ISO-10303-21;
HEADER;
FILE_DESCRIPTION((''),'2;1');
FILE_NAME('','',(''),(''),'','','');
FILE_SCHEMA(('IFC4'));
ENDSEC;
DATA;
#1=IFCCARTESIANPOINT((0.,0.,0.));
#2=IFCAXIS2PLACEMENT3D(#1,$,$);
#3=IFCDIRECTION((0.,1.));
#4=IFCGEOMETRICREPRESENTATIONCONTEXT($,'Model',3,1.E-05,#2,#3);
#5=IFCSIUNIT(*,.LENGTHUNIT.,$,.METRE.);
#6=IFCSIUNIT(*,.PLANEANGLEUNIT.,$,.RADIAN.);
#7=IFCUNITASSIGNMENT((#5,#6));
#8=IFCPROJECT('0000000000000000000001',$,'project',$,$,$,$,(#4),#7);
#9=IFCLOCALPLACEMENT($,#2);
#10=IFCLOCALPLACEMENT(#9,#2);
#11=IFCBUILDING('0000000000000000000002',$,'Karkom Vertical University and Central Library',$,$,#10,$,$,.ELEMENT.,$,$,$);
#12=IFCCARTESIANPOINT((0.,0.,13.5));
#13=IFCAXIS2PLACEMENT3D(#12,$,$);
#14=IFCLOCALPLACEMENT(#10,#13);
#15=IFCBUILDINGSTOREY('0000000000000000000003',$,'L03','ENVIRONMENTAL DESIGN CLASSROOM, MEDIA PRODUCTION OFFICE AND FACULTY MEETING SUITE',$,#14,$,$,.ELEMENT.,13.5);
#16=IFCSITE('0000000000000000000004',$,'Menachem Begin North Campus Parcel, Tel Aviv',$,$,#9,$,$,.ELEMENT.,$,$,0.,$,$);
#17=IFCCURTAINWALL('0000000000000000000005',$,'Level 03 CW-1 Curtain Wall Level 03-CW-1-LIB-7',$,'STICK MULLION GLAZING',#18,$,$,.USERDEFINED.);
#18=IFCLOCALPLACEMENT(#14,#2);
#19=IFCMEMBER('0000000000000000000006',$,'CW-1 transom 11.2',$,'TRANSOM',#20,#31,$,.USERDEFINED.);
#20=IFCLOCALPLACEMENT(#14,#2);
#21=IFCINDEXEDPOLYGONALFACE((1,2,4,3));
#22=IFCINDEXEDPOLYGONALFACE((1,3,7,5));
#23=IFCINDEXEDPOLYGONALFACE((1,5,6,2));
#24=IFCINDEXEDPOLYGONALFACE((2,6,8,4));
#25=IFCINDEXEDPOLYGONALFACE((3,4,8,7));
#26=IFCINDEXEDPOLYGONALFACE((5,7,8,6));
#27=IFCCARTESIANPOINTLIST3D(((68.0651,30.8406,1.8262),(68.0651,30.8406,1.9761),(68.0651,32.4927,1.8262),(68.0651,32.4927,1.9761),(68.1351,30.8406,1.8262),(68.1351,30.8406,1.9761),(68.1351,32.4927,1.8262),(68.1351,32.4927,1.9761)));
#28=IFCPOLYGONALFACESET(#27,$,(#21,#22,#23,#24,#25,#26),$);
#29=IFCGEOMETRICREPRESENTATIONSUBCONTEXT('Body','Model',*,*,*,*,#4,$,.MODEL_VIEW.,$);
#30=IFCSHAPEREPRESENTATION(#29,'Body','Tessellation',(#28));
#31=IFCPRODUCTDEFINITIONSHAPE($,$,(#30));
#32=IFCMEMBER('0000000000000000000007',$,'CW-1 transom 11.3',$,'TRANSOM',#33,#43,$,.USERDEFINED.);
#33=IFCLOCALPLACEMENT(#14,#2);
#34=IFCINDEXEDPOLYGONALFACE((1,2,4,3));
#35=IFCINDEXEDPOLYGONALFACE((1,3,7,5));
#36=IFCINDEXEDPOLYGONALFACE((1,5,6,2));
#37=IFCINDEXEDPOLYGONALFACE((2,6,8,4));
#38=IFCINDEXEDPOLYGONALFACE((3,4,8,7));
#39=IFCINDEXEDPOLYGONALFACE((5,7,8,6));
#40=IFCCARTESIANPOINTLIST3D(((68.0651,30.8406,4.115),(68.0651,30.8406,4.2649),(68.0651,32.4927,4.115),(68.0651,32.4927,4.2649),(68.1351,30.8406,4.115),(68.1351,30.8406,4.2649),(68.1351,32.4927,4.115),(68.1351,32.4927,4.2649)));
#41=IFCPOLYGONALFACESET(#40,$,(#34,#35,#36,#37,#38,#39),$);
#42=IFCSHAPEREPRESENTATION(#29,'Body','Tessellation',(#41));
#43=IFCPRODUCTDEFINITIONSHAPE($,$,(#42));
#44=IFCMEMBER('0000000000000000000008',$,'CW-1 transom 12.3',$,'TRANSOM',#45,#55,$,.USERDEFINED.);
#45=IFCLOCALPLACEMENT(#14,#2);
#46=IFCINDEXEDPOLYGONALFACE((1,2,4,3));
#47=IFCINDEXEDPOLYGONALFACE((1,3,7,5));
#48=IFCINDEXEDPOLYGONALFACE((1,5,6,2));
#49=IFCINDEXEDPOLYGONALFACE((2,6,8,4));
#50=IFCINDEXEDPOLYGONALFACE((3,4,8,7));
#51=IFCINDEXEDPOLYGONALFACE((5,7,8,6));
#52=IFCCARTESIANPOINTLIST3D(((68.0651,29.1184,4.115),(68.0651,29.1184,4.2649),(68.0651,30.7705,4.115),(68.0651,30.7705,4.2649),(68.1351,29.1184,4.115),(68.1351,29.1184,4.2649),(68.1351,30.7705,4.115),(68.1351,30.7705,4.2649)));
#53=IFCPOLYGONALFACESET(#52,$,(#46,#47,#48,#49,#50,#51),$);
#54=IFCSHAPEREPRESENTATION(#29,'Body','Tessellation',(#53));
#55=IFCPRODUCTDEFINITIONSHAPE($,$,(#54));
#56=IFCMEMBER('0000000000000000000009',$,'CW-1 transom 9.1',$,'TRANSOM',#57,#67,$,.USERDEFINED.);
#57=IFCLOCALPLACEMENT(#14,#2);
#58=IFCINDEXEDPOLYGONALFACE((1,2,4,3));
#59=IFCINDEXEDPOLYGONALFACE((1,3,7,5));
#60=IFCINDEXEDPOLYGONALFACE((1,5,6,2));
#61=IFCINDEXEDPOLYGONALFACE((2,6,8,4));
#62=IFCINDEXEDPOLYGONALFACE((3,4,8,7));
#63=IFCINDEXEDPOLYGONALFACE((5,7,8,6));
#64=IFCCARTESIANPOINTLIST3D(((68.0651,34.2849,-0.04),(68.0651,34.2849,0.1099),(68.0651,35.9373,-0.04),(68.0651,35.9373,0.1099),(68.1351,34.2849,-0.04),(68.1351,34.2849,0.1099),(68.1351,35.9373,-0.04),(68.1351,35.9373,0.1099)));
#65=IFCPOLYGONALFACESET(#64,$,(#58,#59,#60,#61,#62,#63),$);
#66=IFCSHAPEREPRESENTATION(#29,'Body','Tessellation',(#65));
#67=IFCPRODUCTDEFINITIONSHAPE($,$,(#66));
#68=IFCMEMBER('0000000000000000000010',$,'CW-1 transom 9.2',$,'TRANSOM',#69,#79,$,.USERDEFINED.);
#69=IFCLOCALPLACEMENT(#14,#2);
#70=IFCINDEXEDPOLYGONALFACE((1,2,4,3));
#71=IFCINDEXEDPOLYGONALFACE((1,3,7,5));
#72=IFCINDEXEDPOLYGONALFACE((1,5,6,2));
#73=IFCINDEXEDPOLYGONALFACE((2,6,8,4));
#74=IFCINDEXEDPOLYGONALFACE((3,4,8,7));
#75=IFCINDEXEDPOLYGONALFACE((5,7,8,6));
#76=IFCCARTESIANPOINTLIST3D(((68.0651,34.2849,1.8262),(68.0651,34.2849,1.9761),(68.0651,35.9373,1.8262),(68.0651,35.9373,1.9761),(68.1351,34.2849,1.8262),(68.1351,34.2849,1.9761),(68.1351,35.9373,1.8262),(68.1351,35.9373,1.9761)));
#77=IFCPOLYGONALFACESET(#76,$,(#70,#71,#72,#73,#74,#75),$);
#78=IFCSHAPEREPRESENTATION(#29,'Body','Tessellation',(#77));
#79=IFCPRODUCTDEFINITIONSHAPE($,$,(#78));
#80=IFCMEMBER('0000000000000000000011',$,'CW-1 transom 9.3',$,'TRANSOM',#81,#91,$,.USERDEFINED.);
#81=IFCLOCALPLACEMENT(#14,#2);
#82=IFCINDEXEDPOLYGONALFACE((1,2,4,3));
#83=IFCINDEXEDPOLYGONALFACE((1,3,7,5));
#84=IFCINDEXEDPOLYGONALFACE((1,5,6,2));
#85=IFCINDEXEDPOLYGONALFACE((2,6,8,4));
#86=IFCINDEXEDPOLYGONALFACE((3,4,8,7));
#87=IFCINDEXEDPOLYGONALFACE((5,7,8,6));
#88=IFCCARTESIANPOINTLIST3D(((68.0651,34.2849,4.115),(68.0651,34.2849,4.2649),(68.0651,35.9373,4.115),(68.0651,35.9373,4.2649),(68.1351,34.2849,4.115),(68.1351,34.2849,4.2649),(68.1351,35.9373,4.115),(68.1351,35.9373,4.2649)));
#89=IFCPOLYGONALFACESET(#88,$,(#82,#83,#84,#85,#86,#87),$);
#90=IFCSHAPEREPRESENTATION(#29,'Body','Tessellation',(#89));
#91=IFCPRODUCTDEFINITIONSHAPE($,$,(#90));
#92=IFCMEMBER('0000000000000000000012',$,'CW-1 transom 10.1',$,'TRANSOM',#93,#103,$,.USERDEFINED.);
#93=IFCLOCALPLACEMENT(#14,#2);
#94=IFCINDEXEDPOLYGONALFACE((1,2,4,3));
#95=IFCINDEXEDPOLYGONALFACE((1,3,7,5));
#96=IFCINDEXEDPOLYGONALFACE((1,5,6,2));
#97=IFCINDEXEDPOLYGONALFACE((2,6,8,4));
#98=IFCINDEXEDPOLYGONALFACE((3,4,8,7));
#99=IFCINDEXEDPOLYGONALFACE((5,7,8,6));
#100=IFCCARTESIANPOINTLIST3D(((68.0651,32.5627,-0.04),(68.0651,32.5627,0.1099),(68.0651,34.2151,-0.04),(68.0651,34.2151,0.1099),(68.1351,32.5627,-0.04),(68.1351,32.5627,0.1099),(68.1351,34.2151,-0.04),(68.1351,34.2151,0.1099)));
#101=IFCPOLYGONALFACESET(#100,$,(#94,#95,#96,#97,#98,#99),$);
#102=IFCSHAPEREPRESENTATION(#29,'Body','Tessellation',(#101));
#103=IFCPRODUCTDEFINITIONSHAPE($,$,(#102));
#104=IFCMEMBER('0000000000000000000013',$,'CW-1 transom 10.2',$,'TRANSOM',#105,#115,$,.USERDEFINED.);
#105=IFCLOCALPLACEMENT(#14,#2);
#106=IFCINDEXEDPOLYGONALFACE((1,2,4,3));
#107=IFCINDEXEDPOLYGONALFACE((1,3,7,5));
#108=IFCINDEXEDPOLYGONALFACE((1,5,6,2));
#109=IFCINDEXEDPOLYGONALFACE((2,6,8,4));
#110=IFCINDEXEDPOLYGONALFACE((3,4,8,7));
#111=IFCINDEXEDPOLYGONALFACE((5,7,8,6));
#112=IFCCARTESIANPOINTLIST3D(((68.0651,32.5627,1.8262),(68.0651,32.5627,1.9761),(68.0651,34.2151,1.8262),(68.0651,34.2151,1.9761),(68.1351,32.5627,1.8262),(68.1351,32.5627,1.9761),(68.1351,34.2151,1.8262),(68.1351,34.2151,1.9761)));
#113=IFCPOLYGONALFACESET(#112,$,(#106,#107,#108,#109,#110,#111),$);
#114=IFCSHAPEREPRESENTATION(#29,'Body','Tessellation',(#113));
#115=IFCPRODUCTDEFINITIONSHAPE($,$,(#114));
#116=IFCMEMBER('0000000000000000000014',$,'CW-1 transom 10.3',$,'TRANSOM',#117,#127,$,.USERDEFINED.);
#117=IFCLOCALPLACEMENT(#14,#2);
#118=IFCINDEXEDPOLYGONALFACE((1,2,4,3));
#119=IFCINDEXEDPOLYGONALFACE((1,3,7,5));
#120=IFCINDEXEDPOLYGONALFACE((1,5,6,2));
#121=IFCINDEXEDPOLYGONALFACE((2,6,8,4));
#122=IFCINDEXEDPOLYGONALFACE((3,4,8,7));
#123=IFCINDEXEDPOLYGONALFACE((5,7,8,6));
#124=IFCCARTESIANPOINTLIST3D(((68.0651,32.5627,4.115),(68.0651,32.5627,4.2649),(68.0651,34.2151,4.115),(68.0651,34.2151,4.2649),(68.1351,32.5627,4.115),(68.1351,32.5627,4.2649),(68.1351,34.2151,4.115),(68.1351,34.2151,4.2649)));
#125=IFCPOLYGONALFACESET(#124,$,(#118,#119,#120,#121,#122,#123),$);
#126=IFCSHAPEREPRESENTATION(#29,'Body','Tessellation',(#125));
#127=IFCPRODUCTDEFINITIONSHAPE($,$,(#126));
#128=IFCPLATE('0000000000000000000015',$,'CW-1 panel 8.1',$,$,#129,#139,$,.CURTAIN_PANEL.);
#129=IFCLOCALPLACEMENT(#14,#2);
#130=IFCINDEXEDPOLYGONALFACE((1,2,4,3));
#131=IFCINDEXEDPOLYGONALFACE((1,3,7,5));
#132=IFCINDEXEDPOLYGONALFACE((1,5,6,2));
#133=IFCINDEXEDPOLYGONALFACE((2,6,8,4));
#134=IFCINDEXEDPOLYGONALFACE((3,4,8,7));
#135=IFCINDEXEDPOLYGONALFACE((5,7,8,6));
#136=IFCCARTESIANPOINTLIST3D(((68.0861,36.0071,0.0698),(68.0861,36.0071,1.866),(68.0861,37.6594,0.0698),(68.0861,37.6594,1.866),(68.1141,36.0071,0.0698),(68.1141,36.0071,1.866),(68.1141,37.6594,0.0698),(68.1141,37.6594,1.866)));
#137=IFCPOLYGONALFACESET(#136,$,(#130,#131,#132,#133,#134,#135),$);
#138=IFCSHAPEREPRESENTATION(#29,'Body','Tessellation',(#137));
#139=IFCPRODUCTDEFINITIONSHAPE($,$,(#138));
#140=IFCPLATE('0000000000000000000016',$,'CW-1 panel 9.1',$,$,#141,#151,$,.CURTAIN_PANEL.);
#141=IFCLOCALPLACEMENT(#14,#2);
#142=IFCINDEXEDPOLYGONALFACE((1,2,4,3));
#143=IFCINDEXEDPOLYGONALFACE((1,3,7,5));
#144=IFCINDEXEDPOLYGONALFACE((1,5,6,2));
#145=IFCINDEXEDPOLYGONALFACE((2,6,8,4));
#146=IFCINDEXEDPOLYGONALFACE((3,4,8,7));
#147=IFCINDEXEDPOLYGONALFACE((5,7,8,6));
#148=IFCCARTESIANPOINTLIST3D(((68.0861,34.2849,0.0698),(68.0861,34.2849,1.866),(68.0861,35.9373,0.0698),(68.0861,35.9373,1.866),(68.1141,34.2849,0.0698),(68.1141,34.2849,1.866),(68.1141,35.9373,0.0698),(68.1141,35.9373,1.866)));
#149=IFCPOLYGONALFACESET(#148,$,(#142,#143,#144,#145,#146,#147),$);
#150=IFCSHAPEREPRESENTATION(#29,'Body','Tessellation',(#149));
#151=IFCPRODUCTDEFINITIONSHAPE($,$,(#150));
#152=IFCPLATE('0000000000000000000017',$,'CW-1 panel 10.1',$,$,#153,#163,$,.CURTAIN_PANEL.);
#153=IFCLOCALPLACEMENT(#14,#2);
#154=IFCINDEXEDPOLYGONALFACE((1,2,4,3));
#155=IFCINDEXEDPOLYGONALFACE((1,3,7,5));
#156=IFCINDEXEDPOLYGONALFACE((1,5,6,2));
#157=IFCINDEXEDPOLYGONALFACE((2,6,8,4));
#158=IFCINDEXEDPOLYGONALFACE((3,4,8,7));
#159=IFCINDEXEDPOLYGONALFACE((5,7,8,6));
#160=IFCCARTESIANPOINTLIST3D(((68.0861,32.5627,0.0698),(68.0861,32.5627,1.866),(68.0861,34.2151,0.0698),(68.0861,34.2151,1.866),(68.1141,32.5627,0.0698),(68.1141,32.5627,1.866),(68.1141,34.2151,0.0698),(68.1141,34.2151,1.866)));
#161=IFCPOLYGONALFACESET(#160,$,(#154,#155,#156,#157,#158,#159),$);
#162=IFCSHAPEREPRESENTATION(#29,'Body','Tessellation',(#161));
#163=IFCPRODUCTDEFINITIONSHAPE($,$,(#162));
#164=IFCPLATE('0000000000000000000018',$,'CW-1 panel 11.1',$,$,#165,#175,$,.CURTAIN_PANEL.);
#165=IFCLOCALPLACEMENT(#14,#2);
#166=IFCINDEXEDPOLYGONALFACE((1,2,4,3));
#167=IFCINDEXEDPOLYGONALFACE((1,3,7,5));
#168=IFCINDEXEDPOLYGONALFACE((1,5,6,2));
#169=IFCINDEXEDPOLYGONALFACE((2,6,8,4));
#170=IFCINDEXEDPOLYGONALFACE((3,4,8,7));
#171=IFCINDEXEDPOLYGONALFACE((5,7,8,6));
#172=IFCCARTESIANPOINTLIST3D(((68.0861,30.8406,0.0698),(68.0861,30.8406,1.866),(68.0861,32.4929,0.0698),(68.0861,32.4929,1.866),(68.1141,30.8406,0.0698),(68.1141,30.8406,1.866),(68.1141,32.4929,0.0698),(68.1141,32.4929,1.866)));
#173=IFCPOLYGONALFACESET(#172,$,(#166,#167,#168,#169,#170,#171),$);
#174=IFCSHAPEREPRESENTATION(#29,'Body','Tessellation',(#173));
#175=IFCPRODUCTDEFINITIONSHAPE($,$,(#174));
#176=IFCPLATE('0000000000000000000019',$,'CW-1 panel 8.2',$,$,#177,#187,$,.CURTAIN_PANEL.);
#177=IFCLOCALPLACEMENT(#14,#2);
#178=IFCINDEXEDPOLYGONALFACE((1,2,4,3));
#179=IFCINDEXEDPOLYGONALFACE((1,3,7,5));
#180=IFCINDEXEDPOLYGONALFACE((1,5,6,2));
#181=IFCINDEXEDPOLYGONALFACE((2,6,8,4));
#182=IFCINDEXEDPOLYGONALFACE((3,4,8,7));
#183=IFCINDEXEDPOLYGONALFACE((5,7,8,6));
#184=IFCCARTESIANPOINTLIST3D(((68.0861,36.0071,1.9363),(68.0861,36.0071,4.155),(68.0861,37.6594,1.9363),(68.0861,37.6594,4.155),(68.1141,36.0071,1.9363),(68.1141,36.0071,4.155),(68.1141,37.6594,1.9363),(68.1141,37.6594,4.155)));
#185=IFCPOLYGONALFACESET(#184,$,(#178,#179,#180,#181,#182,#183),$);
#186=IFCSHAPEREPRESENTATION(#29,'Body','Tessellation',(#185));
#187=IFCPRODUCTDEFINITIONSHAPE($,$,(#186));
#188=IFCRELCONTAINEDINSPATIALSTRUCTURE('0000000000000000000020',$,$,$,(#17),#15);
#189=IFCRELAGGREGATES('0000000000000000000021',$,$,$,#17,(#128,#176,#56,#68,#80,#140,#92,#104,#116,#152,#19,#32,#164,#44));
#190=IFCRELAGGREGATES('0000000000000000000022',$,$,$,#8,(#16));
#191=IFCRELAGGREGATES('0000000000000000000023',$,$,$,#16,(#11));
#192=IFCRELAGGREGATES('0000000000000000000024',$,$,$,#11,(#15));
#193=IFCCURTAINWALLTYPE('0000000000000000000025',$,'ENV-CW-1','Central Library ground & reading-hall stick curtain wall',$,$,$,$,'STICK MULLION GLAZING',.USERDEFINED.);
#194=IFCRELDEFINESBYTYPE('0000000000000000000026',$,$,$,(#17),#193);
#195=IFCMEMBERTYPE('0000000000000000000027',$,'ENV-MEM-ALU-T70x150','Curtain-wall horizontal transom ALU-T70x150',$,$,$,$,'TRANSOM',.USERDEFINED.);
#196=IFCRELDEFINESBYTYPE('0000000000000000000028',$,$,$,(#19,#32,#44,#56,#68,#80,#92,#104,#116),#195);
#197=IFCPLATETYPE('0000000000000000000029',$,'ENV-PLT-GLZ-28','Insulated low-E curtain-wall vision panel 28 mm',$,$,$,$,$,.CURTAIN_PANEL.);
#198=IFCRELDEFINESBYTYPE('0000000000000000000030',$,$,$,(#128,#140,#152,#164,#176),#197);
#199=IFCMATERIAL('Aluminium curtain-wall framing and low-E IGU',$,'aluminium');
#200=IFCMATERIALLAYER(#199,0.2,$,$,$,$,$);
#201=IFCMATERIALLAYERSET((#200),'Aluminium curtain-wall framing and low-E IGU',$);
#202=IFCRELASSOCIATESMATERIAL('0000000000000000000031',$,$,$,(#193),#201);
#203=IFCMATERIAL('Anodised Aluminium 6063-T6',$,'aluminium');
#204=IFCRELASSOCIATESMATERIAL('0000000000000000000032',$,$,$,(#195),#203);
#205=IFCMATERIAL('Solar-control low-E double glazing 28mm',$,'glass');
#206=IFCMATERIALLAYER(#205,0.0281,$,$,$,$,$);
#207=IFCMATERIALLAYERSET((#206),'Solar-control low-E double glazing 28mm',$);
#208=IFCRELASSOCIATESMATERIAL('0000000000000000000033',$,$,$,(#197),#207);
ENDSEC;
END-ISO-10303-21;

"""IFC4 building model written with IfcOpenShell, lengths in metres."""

from ifc_helpers import new_model, si_unit, direction, frame, origin, origin_with_axes, origin_2d, place, context, subcontext, project, spatial, rectangle, extrude, source, transform, mapped, material, layer, layer_set, material_profile, profile_set, type_object, element, aggregate, save


model = new_model("IFC4")

# Units and contexts
model_context = context("Model", 3, precision=1e-05, world=origin(), true_north=direction((0.0, 1.0)))
body_context = subcontext(model_context, "Body", "Model", "MODEL_VIEW")
ifc_project = project(units=[si_unit("LENGTHUNIT", "METRE"), si_unit("PLANEANGLEUNIT", "RADIAN")], contexts=[model_context])

# Site, building, storey
site_placement = place(None, origin())
site = spatial("IfcSite", under=ifc_project, at=site_placement, Name="Menachem Begin North Campus Parcel, Tel Aviv", CompositionType="ELEMENT", RefElevation=0.0)
building_placement = place(site_placement, origin())
building = spatial("IfcBuilding", under=site, at=building_placement, Name="Karkom Vertical University and Central Library", CompositionType="ELEMENT")
storey_placement = place(building_placement, frame((0.0, 0.0, 13.5)))
storey = spatial("IfcBuildingStorey", under=building, at=storey_placement, Name="L03", Description="ENVIRONMENTAL DESIGN CLASSROOM, MEDIA PRODUCTION OFFICE AND FACULTY MEETING SUITE", CompositionType="ELEMENT", Elevation=13.5)

# Curtain wall, members, plates
ifc_material_1 = material(Name="Aluminium curtain-wall framing and low-E IGU", Category="aluminium")
ifc_layer_1 = layer(ifc_material_1, 0.2)
ifc_layer_set_1 = layer_set([ifc_layer_1], Name="Aluminium curtain-wall framing and low-E IGU")
curtain_wall_type = type_object("IfcCurtainWallType", Name="ENV-CW-1", Description="Central Library ground & reading-hall stick curtain wall", ElementType="STICK MULLION GLAZING", PredefinedType="USERDEFINED", material=ifc_layer_set_1)
curtain_wall_placement = place(storey_placement, origin())
curtain_wall = element("IfcCurtainWall", 1, at=curtain_wall_placement, inside=storey, type_object=curtain_wall_type, Name="Level 03 CW-1 Curtain Wall Level 03-CW-1-LIB-7", ObjectType="STICK MULLION GLAZING", PredefinedType="USERDEFINED")
ifc_material_2 = material(Name="Anodised Aluminium 6063-T6", Category="aluminium")
ifc_material_profile_1 = material_profile(ifc_material_2, rectangle(XDim=0.0701, YDim=0.1499, at=origin_2d()), Name="ALU-T70x150")
ifc_profile_set_1 = profile_set([ifc_material_profile_1], Name="Anodised Aluminium 6063-T6")
member_type = type_object("IfcMemberType", Name="ENV-MEM-ALU-T70x150", Description="Curtain-wall horizontal transom ALU-T70x150", ElementType="TRANSOM", PredefinedType="USERDEFINED", material=ifc_profile_set_1)
shared_shape_1 = source(origin_with_axes(), body_context, "Body", "SweptSolid", [
    extrude(rectangle(XDim=0.0701, YDim=0.1499, at=origin_2d()), origin(), (0.0, 0.0, 1.0), 1.6521),
])
member_1_placement = place(storey_placement, frame((68.1001, 32.4927, 1.9011), z_axis=(0.0, -1.0, 0.0), x_axis=(1.0, 0.0, 0.0)))
member_1 = element("IfcMember", 2, at=member_1_placement, type_object=member_type, Name="CW-1 transom 11.2", ObjectType="TRANSOM", PredefinedType="USERDEFINED", context=body_context, shape_type="MappedRepresentation", body=[
    mapped(shared_shape_1, transform((0.0, 0.0, 0.0), scale=1.0)),
])
member_2_placement = place(storey_placement, frame((68.1001, 32.4927, 4.1899), z_axis=(0.0, -1.0, 0.0), x_axis=(1.0, 0.0, 0.0)))
member_2 = element("IfcMember", 3, at=member_2_placement, type_object=member_type, Name="CW-1 transom 11.3", ObjectType="TRANSOM", PredefinedType="USERDEFINED", context=body_context, shape_type="MappedRepresentation", body=[
    mapped(shared_shape_1, transform((0.0, 0.0, 0.0), scale=1.0)),
])
member_3_placement = place(storey_placement, frame((68.1001, 30.7705, 4.1899), z_axis=(0.0, -1.0, 0.0), x_axis=(1.0, 0.0, 0.0)))
member_3 = element("IfcMember", 4, at=member_3_placement, type_object=member_type, Name="CW-1 transom 12.3", ObjectType="TRANSOM", PredefinedType="USERDEFINED", context=body_context, shape_type="MappedRepresentation", body=[
    mapped(shared_shape_1, transform((0.0, 0.0, 0.0), scale=1.0)),
])
shared_shape_2 = source(origin_with_axes(), body_context, "Body", "SweptSolid", [
    extrude(rectangle(XDim=0.0701, YDim=0.1499, at=origin_2d()), origin(), (0.0, 0.0, 1.0), 1.6523),
])
member_4_placement = place(storey_placement, frame((68.1001, 35.9373, 0.0349), z_axis=(0.0, -1.0, 0.0), x_axis=(1.0, 0.0, 0.0)))
member_4 = element("IfcMember", 5, at=member_4_placement, type_object=member_type, Name="CW-1 transom 9.1", ObjectType="TRANSOM", PredefinedType="USERDEFINED", context=body_context, shape_type="MappedRepresentation", body=[
    mapped(shared_shape_2, transform((0.0, 0.0, 0.0), scale=1.0)),
])
member_5_placement = place(storey_placement, frame((68.1001, 35.9373, 1.9011), z_axis=(0.0, -1.0, 0.0), x_axis=(1.0, 0.0, 0.0)))
member_5 = element("IfcMember", 6, at=member_5_placement, type_object=member_type, Name="CW-1 transom 9.2", ObjectType="TRANSOM", PredefinedType="USERDEFINED", context=body_context, shape_type="MappedRepresentation", body=[
    mapped(shared_shape_2, transform((0.0, 0.0, 0.0), scale=1.0)),
])
member_6_placement = place(storey_placement, frame((68.1001, 35.9373, 4.1899), z_axis=(0.0, -1.0, 0.0), x_axis=(1.0, 0.0, 0.0)))
member_6 = element("IfcMember", 7, at=member_6_placement, type_object=member_type, Name="CW-1 transom 9.3", ObjectType="TRANSOM", PredefinedType="USERDEFINED", context=body_context, shape_type="MappedRepresentation", body=[
    mapped(shared_shape_2, transform((0.0, 0.0, 0.0), scale=1.0)),
])
member_7_placement = place(storey_placement, frame((68.1001, 34.2151, 0.0349), z_axis=(0.0, -1.0, 0.0), x_axis=(1.0, 0.0, 0.0)))
member_7 = element("IfcMember", 8, at=member_7_placement, type_object=member_type, Name="CW-1 transom 10.1", ObjectType="TRANSOM", PredefinedType="USERDEFINED", context=body_context, shape_type="MappedRepresentation", body=[
    mapped(shared_shape_2, transform((0.0, 0.0, 0.0), scale=1.0)),
])
member_8_placement = place(storey_placement, frame((68.1001, 34.2151, 1.9011), z_axis=(0.0, -1.0, 0.0), x_axis=(1.0, 0.0, 0.0)))
member_8 = element("IfcMember", 9, at=member_8_placement, type_object=member_type, Name="CW-1 transom 10.2", ObjectType="TRANSOM", PredefinedType="USERDEFINED", context=body_context, shape_type="MappedRepresentation", body=[
    mapped(shared_shape_2, transform((0.0, 0.0, 0.0), scale=1.0)),
])
member_9_placement = place(storey_placement, frame((68.1001, 34.2151, 4.1899), z_axis=(0.0, -1.0, 0.0), x_axis=(1.0, 0.0, 0.0)))
member_9 = element("IfcMember", 10, at=member_9_placement, type_object=member_type, Name="CW-1 transom 10.3", ObjectType="TRANSOM", PredefinedType="USERDEFINED", context=body_context, shape_type="MappedRepresentation", body=[
    mapped(shared_shape_2, transform((0.0, 0.0, 0.0), scale=1.0)),
])
ifc_material_3 = material(Name="Solar-control low-E double glazing 28mm", Category="glass")
ifc_layer_2 = layer(ifc_material_3, 0.0281)
ifc_layer_set_2 = layer_set([ifc_layer_2], Name="Solar-control low-E double glazing 28mm")
plate_type = type_object("IfcPlateType", Name="ENV-PLT-GLZ-28", Description="Insulated low-E curtain-wall vision panel 28 mm", PredefinedType="CURTAIN_PANEL", material=ifc_layer_set_2)
shared_shape_3 = source(origin_with_axes(), body_context, "Body", "SweptSolid", [
    extrude(rectangle(XDim=1.6523, YDim=0.0281, at=origin_2d()), origin(), (0.0, 0.0, 1.0), 1.7961),
])
plate_1_placement = place(storey_placement, frame((68.1001, 36.8333, 0.0698), z_axis=(0.0, 0.0, 1.0), x_axis=(0.0, -1.0, 0.0)))
plate_1 = element("IfcPlate", 11, at=plate_1_placement, type_object=plate_type, Name="CW-1 panel 8.1", PredefinedType="CURTAIN_PANEL", context=body_context, shape_type="MappedRepresentation", body=[
    mapped(shared_shape_3, transform((0.0, 0.0, 0.0), scale=1.0)),
])
plate_2_placement = place(storey_placement, frame((68.1001, 35.1111, 0.0698), z_axis=(0.0, 0.0, 1.0), x_axis=(0.0, -1.0, 0.0)))
plate_2 = element("IfcPlate", 12, at=plate_2_placement, type_object=plate_type, Name="CW-1 panel 9.1", PredefinedType="CURTAIN_PANEL", context=body_context, shape_type="MappedRepresentation", body=[
    mapped(shared_shape_3, transform((0.0, 0.0, 0.0), scale=1.0)),
])
plate_3_placement = place(storey_placement, frame((68.1001, 33.3889, 0.0698), z_axis=(0.0, 0.0, 1.0), x_axis=(0.0, -1.0, 0.0)))
plate_3 = element("IfcPlate", 13, at=plate_3_placement, type_object=plate_type, Name="CW-1 panel 10.1", PredefinedType="CURTAIN_PANEL", context=body_context, shape_type="MappedRepresentation", body=[
    mapped(shared_shape_3, transform((0.0, 0.0, 0.0), scale=1.0)),
])
plate_4_placement = place(storey_placement, frame((68.1001, 31.6667, 0.0698), z_axis=(0.0, 0.0, 1.0), x_axis=(0.0, -1.0, 0.0)))
plate_4 = element("IfcPlate", 14, at=plate_4_placement, type_object=plate_type, Name="CW-1 panel 11.1", PredefinedType="CURTAIN_PANEL", context=body_context, shape_type="MappedRepresentation", body=[
    mapped(shared_shape_3, transform((0.0, 0.0, 0.0), scale=1.0)),
])
shared_shape_4 = source(origin_with_axes(), body_context, "Body", "SweptSolid", [
    extrude(rectangle(XDim=1.6523, YDim=0.0281, at=origin_2d()), origin(), (0.0, 0.0, 1.0), 2.2188),
])
plate_5_placement = place(storey_placement, frame((68.1001, 36.8333, 1.9363), z_axis=(0.0, 0.0, 1.0), x_axis=(0.0, -1.0, 0.0)))
plate_5 = element("IfcPlate", 15, at=plate_5_placement, type_object=plate_type, Name="CW-1 panel 8.2", PredefinedType="CURTAIN_PANEL", context=body_context, shape_type="MappedRepresentation", body=[
    mapped(shared_shape_4, transform((0.0, 0.0, 0.0), scale=1.0)),
])
aggregate(curtain_wall, [plate_1, plate_5, member_4, member_5, member_6, plate_2, member_7, member_8, member_9, plate_3, member_1, member_2, plate_4, member_3])

save(model, "model.ifc")
